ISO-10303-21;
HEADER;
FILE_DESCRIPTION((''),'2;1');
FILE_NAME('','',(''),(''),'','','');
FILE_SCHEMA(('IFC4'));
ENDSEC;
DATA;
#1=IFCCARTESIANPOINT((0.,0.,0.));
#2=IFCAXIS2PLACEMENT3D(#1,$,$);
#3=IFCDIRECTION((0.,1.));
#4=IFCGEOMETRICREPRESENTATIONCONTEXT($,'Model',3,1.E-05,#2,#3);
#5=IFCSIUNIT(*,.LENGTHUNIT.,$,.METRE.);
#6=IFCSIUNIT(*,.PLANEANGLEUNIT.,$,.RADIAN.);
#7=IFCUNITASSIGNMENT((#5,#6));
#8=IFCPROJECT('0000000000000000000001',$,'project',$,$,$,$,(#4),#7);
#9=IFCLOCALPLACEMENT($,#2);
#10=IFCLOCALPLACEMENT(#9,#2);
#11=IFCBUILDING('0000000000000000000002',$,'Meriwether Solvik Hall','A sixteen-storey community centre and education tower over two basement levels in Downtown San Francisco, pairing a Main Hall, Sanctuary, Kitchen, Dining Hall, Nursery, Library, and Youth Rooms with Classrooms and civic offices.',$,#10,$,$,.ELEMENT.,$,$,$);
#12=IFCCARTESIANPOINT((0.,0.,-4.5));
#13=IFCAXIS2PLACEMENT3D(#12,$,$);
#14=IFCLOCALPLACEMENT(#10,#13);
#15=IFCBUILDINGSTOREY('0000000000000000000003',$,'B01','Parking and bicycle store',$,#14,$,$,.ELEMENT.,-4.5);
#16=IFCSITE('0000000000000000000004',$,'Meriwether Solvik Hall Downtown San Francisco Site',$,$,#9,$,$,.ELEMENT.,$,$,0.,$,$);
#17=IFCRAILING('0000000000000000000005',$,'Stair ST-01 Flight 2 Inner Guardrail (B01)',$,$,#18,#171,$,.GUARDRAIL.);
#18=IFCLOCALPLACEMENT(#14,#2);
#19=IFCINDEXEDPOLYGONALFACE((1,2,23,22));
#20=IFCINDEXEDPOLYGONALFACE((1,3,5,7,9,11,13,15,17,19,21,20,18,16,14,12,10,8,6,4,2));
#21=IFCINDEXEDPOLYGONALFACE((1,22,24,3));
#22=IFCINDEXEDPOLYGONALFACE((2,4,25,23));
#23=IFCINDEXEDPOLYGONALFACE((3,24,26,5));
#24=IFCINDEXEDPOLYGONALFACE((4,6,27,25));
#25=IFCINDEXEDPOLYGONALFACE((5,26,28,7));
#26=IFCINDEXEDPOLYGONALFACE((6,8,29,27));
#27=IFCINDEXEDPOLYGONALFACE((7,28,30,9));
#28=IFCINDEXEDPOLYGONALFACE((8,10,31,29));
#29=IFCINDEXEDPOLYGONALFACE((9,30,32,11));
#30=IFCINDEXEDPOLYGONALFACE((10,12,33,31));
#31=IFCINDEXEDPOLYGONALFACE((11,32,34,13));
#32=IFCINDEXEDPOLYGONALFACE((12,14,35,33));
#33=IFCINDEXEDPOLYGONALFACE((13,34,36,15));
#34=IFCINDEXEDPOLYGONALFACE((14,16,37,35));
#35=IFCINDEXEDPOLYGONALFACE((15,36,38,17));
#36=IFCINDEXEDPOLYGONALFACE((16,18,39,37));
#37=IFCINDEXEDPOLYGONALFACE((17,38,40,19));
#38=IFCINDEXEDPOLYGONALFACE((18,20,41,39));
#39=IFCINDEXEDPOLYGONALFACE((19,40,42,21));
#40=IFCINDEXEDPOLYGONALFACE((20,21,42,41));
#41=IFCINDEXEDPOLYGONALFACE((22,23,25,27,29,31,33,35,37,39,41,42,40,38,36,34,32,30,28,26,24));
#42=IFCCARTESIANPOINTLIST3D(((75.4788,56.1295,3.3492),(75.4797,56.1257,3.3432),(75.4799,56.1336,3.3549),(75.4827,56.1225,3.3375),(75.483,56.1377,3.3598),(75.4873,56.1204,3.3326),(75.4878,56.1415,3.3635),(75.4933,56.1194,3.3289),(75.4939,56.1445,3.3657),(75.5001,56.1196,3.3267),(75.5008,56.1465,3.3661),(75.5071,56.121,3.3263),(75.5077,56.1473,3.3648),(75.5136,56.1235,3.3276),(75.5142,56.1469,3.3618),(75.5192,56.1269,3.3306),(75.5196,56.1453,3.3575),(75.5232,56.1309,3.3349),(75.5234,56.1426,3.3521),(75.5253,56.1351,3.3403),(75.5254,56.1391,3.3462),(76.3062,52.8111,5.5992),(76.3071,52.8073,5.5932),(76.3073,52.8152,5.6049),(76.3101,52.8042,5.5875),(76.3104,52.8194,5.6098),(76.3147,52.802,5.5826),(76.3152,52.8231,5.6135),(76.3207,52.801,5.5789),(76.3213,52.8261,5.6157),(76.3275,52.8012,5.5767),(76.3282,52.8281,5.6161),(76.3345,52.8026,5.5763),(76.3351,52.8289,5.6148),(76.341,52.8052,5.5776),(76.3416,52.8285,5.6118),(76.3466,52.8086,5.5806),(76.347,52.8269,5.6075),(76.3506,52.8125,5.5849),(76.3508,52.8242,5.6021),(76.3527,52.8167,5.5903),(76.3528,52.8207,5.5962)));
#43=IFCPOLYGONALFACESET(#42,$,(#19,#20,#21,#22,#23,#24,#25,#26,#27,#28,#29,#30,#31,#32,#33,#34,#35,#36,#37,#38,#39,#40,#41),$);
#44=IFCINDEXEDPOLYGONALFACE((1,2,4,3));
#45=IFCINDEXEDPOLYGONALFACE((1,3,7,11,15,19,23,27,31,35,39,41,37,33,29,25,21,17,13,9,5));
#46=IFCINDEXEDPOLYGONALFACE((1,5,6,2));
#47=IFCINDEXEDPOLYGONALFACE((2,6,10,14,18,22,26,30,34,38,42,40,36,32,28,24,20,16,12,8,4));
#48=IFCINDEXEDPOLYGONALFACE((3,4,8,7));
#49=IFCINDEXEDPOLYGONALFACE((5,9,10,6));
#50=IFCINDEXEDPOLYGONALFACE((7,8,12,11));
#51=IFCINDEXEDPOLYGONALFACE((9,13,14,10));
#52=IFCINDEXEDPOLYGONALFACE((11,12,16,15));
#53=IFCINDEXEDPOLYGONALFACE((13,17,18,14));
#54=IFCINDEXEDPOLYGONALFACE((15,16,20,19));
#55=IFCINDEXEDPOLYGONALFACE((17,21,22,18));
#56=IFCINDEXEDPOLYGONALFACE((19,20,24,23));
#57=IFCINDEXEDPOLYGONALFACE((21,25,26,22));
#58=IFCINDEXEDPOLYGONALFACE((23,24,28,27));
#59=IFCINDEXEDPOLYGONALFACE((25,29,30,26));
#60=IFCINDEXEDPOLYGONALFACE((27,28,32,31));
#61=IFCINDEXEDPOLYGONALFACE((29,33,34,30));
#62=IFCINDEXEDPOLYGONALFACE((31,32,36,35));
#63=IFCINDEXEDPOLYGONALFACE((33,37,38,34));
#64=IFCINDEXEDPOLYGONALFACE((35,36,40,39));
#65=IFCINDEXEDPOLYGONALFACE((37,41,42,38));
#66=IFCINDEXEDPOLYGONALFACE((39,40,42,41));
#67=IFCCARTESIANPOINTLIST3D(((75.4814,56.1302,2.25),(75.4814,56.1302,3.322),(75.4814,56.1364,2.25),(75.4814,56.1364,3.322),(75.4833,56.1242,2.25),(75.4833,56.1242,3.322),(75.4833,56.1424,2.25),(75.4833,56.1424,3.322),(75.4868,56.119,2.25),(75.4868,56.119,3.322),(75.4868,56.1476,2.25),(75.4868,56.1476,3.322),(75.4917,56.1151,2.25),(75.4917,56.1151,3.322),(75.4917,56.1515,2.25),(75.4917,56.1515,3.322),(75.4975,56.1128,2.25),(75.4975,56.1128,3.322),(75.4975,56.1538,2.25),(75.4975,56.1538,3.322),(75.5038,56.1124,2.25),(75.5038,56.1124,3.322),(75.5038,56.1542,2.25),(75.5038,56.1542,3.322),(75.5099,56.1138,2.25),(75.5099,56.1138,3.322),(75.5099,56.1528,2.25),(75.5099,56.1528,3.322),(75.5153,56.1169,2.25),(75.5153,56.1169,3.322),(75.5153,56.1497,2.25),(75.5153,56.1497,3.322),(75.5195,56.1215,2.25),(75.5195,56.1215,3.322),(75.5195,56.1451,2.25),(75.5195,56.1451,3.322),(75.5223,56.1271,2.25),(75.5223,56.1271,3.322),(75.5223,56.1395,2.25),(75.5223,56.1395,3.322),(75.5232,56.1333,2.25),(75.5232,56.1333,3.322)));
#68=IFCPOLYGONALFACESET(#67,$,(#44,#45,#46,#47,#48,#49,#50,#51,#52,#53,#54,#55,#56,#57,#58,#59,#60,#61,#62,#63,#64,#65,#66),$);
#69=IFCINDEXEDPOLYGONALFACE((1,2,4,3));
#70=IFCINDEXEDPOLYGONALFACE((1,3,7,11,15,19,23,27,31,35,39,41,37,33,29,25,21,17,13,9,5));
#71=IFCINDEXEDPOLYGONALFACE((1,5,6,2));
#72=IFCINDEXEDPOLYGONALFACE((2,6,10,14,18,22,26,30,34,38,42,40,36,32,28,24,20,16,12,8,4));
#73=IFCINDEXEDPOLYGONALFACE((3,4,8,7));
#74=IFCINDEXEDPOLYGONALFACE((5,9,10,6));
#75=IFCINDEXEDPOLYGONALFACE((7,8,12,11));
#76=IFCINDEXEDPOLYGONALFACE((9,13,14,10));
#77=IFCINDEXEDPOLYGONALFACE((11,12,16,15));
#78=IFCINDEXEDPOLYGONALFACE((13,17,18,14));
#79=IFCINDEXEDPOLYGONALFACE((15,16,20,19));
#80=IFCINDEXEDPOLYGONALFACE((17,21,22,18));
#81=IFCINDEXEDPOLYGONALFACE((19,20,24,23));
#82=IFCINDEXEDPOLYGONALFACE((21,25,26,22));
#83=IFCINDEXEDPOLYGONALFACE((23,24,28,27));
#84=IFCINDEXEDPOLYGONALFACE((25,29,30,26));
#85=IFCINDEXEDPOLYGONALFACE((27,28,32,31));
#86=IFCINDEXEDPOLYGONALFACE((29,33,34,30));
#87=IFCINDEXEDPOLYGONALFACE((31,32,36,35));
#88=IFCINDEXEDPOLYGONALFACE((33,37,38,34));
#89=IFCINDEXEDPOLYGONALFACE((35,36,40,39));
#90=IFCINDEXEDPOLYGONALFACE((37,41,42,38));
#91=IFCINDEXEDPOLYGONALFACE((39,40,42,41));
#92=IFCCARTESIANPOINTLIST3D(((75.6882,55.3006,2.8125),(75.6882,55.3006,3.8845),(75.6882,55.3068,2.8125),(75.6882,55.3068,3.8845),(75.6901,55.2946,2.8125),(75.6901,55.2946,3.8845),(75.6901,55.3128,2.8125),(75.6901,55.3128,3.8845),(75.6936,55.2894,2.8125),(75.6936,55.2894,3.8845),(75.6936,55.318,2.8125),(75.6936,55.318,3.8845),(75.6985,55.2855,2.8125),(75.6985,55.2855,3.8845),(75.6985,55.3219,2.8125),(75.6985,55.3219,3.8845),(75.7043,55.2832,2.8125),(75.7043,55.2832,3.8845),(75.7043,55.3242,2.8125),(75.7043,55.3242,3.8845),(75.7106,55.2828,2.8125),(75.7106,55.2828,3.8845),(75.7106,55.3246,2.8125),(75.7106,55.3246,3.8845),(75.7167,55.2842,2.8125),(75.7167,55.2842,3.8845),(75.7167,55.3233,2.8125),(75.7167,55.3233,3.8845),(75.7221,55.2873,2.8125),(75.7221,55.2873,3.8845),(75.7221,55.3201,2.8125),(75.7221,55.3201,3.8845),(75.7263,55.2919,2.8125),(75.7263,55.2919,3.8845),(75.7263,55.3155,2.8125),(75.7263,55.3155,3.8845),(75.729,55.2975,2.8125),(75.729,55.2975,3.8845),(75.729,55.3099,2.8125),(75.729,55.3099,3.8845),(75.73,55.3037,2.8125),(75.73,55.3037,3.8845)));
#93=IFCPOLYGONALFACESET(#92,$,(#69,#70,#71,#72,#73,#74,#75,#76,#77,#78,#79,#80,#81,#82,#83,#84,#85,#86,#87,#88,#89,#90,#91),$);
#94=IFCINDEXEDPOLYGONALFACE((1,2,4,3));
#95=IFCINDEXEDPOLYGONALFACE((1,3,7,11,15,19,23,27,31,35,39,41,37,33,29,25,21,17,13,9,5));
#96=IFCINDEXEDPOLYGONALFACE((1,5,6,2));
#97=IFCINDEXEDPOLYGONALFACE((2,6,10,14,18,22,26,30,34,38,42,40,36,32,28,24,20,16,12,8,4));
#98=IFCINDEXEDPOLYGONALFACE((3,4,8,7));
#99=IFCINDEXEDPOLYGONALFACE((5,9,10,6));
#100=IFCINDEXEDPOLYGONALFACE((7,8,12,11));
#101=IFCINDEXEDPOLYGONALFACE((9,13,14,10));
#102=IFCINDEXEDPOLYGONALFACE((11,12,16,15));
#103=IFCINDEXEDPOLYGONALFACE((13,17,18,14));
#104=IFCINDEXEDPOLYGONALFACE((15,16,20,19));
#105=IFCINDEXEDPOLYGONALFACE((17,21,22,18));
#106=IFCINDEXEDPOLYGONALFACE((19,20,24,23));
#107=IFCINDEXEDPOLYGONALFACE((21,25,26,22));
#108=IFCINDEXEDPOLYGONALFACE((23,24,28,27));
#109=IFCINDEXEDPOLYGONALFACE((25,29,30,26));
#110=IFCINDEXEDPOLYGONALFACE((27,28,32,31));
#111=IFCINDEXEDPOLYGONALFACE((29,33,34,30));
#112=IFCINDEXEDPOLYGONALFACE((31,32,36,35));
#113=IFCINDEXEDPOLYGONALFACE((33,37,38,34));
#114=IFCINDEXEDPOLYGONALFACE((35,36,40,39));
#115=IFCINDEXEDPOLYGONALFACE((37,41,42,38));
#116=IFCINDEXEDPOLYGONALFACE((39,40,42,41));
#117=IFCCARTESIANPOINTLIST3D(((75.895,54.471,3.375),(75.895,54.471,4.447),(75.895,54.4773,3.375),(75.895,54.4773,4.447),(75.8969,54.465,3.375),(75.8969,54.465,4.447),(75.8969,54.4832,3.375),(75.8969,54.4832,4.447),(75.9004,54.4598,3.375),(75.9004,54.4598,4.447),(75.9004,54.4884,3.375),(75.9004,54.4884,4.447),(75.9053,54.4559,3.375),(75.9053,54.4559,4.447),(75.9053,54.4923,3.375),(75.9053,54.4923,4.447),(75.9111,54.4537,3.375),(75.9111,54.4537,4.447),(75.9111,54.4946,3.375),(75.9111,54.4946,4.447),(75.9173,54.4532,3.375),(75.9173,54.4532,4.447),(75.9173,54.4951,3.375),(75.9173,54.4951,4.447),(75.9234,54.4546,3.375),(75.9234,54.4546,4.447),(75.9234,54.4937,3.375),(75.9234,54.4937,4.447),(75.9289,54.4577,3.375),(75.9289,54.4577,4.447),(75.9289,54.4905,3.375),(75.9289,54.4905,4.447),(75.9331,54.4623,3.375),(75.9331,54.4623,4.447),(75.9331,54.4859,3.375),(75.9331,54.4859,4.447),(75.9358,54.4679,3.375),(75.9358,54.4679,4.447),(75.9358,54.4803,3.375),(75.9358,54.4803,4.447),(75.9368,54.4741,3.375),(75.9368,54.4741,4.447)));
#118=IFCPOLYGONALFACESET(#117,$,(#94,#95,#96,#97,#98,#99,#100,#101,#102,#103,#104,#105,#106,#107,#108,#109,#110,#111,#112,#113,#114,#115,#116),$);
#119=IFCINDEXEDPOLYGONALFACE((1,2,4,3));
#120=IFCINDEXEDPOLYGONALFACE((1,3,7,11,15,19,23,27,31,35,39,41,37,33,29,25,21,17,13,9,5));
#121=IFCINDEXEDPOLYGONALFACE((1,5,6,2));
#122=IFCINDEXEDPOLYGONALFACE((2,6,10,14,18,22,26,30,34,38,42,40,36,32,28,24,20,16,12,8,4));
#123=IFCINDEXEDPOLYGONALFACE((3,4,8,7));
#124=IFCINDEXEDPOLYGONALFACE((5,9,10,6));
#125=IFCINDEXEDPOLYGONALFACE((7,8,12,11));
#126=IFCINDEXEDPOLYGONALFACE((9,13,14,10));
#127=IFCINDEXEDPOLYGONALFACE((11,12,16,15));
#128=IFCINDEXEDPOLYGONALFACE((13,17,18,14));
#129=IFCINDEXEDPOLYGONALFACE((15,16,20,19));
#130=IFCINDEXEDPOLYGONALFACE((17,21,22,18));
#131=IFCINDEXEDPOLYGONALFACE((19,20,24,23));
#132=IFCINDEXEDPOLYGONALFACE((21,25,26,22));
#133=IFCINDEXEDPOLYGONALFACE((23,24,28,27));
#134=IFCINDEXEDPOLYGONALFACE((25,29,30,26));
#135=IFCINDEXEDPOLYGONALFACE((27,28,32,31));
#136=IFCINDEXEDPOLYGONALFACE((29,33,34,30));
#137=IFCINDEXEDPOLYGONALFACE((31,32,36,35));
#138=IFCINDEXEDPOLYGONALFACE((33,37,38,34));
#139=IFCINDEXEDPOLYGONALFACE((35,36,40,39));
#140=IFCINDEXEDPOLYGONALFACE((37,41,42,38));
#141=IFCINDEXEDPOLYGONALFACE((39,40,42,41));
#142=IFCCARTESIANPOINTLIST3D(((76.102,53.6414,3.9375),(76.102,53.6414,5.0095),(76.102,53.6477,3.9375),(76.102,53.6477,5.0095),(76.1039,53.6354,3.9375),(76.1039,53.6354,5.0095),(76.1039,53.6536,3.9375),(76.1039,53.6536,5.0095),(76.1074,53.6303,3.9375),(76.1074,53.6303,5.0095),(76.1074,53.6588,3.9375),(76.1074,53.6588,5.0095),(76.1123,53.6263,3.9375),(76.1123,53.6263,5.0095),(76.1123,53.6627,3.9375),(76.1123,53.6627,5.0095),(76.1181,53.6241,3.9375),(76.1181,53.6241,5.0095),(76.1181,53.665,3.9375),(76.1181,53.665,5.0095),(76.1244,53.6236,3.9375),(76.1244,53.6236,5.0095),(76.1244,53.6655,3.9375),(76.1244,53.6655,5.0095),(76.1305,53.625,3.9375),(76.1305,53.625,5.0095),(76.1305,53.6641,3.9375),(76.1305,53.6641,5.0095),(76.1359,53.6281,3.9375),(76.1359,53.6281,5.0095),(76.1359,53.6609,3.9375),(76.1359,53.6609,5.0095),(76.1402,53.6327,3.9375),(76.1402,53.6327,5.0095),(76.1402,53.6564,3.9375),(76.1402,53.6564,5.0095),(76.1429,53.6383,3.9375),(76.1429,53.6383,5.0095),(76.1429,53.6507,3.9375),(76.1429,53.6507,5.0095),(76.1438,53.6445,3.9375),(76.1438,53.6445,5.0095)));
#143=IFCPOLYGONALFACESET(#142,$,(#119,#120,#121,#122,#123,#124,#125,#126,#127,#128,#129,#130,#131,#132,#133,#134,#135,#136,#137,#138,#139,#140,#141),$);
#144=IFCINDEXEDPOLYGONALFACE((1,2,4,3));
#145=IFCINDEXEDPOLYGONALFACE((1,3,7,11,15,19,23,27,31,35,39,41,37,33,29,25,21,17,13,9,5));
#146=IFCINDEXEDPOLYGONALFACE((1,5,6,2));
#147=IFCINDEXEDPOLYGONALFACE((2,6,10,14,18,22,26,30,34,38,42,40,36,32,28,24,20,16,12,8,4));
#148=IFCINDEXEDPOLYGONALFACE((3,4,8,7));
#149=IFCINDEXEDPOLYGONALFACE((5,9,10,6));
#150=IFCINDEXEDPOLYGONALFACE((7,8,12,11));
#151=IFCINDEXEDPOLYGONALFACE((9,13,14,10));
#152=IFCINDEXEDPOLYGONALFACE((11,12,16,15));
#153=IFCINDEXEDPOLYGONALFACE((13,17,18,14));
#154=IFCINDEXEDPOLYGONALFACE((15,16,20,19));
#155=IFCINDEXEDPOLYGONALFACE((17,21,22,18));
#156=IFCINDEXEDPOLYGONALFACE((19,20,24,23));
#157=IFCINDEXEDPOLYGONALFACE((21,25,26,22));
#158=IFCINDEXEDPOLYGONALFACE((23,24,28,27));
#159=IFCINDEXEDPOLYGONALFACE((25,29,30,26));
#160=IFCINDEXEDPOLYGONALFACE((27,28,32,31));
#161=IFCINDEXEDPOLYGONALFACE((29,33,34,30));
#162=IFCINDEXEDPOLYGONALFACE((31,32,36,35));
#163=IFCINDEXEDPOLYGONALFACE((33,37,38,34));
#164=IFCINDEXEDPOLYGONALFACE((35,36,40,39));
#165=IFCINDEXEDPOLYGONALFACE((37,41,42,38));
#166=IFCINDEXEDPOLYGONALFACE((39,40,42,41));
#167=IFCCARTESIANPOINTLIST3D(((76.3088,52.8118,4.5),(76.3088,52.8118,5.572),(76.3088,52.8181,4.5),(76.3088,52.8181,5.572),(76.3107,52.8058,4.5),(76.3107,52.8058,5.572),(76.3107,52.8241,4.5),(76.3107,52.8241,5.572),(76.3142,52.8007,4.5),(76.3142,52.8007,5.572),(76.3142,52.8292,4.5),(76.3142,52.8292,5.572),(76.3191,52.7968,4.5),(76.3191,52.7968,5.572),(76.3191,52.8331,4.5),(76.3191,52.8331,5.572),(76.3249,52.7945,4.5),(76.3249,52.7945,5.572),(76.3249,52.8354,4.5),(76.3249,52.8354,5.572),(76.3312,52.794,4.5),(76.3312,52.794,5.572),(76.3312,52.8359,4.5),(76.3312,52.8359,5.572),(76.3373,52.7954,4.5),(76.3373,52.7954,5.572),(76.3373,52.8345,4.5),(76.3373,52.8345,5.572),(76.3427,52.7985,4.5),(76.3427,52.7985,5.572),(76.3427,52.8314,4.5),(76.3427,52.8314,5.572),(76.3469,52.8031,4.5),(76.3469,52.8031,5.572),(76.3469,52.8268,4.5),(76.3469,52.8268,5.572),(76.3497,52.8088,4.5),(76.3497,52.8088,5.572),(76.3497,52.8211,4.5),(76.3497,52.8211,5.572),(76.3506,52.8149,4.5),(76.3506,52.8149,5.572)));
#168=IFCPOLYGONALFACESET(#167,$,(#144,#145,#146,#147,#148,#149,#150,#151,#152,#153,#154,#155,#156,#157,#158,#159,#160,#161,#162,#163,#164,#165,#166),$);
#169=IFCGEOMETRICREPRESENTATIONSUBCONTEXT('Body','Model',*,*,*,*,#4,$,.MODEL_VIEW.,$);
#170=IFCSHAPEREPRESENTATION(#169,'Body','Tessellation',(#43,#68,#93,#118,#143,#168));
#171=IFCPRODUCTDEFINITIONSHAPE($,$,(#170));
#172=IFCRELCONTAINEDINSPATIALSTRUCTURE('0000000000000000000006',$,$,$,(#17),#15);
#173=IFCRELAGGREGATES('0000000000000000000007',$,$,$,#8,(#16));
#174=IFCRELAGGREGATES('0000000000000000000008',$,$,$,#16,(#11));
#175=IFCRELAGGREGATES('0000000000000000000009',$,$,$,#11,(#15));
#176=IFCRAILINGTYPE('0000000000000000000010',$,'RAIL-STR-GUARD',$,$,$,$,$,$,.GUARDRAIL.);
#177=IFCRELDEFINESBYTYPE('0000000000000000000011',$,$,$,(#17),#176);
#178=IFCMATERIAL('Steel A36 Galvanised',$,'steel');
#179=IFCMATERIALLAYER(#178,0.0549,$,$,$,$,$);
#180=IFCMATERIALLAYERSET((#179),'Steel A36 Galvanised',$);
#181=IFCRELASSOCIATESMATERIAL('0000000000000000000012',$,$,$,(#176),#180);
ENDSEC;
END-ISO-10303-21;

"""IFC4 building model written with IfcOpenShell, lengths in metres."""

from ifc_helpers import new_model, si_unit, direction, frame, origin, origin_2d, place, context, subcontext, project, spatial, circle, extrude, material, layer, layer_set, type_object, element, save


model = new_model("IFC4")

# Units and contexts
model_context = context("Model", 3, precision=1e-05, world=origin(), true_north=direction((0.0, 1.0)))
body_context = subcontext(model_context, "Body", "Model", "MODEL_VIEW")
ifc_project = project(units=[si_unit("LENGTHUNIT", "METRE"), si_unit("PLANEANGLEUNIT", "RADIAN")], contexts=[model_context])

# Site, building, storey
site_placement = place(None, origin())
site = spatial("IfcSite", under=ifc_project, at=site_placement, Name="Meriwether Solvik Hall Downtown San Francisco Site", CompositionType="ELEMENT", RefElevation=0.0)
building_placement = place(site_placement, origin())
building = spatial("IfcBuilding", under=site, at=building_placement, Name="Meriwether Solvik Hall", Description="A sixteen-storey community centre and education tower over two basement levels in Downtown San Francisco, pairing a Main Hall, Sanctuary, Kitchen, Dining Hall, Nursery, Library, and Youth Rooms with Classrooms and civic offices.", CompositionType="ELEMENT")
storey_placement = place(building_placement, frame((0.0, 0.0, -4.5)))
storey = spatial("IfcBuildingStorey", under=building, at=storey_placement, Name="B01", Description="Parking and bicycle store", CompositionType="ELEMENT", Elevation=-4.5)

# Railing
ifc_material_1 = material(Name="Steel A36 Galvanised", Category="steel")
ifc_layer_1 = layer(ifc_material_1, 0.0549)
ifc_layer_set_1 = layer_set([ifc_layer_1], Name="Steel A36 Galvanised")
railing_type_1 = type_object("IfcRailingType", Name="RAIL-STR-GUARD", PredefinedType="GUARDRAIL", material=ifc_layer_set_1)
railing_1_placement = place(storey_placement, frame((75.5022, 56.1333, 2.25)))
element("IfcRailing", 1, at=railing_1_placement, inside=storey, type_object=railing_type_1, Name="Stair ST-01 Flight 2 Inner Guardrail (B01)", PredefinedType="GUARDRAIL", context=body_context, shape_type="SweptSolid", body=[
    extrude(circle(Radius=0.0239, at=origin_2d()), frame((0.0, 0.0, 1.0962), z_axis=(0.202112, -0.810596, 0.549622), x_axis=(0.970293, 0.241931, 0.0)), (0.0, 0.0, 1.0), 4.0938),
    extrude(circle(Radius=0.021, at=origin_2d()), origin(), (0.0, 0.0, 1.0), 1.072),
    extrude(circle(Radius=0.021, at=origin_2d()), frame((0.2068, -0.8296, 0.5625)), (0.0, 0.0, 1.0), 1.072),
    extrude(circle(Radius=0.021, at=origin_2d()), frame((0.4136, -1.6592, 1.125)), (0.0, 0.0, 1.0), 1.072),
    extrude(circle(Radius=0.021, at=origin_2d()), frame((0.6206, -2.4888, 1.6875)), (0.0, 0.0, 1.0), 1.072),
    extrude(circle(Radius=0.021, at=origin_2d()), frame((0.8274, -3.3184, 2.25)), (0.0, 0.0, 1.0), 1.072),
])

save(model, "model.ifc")
